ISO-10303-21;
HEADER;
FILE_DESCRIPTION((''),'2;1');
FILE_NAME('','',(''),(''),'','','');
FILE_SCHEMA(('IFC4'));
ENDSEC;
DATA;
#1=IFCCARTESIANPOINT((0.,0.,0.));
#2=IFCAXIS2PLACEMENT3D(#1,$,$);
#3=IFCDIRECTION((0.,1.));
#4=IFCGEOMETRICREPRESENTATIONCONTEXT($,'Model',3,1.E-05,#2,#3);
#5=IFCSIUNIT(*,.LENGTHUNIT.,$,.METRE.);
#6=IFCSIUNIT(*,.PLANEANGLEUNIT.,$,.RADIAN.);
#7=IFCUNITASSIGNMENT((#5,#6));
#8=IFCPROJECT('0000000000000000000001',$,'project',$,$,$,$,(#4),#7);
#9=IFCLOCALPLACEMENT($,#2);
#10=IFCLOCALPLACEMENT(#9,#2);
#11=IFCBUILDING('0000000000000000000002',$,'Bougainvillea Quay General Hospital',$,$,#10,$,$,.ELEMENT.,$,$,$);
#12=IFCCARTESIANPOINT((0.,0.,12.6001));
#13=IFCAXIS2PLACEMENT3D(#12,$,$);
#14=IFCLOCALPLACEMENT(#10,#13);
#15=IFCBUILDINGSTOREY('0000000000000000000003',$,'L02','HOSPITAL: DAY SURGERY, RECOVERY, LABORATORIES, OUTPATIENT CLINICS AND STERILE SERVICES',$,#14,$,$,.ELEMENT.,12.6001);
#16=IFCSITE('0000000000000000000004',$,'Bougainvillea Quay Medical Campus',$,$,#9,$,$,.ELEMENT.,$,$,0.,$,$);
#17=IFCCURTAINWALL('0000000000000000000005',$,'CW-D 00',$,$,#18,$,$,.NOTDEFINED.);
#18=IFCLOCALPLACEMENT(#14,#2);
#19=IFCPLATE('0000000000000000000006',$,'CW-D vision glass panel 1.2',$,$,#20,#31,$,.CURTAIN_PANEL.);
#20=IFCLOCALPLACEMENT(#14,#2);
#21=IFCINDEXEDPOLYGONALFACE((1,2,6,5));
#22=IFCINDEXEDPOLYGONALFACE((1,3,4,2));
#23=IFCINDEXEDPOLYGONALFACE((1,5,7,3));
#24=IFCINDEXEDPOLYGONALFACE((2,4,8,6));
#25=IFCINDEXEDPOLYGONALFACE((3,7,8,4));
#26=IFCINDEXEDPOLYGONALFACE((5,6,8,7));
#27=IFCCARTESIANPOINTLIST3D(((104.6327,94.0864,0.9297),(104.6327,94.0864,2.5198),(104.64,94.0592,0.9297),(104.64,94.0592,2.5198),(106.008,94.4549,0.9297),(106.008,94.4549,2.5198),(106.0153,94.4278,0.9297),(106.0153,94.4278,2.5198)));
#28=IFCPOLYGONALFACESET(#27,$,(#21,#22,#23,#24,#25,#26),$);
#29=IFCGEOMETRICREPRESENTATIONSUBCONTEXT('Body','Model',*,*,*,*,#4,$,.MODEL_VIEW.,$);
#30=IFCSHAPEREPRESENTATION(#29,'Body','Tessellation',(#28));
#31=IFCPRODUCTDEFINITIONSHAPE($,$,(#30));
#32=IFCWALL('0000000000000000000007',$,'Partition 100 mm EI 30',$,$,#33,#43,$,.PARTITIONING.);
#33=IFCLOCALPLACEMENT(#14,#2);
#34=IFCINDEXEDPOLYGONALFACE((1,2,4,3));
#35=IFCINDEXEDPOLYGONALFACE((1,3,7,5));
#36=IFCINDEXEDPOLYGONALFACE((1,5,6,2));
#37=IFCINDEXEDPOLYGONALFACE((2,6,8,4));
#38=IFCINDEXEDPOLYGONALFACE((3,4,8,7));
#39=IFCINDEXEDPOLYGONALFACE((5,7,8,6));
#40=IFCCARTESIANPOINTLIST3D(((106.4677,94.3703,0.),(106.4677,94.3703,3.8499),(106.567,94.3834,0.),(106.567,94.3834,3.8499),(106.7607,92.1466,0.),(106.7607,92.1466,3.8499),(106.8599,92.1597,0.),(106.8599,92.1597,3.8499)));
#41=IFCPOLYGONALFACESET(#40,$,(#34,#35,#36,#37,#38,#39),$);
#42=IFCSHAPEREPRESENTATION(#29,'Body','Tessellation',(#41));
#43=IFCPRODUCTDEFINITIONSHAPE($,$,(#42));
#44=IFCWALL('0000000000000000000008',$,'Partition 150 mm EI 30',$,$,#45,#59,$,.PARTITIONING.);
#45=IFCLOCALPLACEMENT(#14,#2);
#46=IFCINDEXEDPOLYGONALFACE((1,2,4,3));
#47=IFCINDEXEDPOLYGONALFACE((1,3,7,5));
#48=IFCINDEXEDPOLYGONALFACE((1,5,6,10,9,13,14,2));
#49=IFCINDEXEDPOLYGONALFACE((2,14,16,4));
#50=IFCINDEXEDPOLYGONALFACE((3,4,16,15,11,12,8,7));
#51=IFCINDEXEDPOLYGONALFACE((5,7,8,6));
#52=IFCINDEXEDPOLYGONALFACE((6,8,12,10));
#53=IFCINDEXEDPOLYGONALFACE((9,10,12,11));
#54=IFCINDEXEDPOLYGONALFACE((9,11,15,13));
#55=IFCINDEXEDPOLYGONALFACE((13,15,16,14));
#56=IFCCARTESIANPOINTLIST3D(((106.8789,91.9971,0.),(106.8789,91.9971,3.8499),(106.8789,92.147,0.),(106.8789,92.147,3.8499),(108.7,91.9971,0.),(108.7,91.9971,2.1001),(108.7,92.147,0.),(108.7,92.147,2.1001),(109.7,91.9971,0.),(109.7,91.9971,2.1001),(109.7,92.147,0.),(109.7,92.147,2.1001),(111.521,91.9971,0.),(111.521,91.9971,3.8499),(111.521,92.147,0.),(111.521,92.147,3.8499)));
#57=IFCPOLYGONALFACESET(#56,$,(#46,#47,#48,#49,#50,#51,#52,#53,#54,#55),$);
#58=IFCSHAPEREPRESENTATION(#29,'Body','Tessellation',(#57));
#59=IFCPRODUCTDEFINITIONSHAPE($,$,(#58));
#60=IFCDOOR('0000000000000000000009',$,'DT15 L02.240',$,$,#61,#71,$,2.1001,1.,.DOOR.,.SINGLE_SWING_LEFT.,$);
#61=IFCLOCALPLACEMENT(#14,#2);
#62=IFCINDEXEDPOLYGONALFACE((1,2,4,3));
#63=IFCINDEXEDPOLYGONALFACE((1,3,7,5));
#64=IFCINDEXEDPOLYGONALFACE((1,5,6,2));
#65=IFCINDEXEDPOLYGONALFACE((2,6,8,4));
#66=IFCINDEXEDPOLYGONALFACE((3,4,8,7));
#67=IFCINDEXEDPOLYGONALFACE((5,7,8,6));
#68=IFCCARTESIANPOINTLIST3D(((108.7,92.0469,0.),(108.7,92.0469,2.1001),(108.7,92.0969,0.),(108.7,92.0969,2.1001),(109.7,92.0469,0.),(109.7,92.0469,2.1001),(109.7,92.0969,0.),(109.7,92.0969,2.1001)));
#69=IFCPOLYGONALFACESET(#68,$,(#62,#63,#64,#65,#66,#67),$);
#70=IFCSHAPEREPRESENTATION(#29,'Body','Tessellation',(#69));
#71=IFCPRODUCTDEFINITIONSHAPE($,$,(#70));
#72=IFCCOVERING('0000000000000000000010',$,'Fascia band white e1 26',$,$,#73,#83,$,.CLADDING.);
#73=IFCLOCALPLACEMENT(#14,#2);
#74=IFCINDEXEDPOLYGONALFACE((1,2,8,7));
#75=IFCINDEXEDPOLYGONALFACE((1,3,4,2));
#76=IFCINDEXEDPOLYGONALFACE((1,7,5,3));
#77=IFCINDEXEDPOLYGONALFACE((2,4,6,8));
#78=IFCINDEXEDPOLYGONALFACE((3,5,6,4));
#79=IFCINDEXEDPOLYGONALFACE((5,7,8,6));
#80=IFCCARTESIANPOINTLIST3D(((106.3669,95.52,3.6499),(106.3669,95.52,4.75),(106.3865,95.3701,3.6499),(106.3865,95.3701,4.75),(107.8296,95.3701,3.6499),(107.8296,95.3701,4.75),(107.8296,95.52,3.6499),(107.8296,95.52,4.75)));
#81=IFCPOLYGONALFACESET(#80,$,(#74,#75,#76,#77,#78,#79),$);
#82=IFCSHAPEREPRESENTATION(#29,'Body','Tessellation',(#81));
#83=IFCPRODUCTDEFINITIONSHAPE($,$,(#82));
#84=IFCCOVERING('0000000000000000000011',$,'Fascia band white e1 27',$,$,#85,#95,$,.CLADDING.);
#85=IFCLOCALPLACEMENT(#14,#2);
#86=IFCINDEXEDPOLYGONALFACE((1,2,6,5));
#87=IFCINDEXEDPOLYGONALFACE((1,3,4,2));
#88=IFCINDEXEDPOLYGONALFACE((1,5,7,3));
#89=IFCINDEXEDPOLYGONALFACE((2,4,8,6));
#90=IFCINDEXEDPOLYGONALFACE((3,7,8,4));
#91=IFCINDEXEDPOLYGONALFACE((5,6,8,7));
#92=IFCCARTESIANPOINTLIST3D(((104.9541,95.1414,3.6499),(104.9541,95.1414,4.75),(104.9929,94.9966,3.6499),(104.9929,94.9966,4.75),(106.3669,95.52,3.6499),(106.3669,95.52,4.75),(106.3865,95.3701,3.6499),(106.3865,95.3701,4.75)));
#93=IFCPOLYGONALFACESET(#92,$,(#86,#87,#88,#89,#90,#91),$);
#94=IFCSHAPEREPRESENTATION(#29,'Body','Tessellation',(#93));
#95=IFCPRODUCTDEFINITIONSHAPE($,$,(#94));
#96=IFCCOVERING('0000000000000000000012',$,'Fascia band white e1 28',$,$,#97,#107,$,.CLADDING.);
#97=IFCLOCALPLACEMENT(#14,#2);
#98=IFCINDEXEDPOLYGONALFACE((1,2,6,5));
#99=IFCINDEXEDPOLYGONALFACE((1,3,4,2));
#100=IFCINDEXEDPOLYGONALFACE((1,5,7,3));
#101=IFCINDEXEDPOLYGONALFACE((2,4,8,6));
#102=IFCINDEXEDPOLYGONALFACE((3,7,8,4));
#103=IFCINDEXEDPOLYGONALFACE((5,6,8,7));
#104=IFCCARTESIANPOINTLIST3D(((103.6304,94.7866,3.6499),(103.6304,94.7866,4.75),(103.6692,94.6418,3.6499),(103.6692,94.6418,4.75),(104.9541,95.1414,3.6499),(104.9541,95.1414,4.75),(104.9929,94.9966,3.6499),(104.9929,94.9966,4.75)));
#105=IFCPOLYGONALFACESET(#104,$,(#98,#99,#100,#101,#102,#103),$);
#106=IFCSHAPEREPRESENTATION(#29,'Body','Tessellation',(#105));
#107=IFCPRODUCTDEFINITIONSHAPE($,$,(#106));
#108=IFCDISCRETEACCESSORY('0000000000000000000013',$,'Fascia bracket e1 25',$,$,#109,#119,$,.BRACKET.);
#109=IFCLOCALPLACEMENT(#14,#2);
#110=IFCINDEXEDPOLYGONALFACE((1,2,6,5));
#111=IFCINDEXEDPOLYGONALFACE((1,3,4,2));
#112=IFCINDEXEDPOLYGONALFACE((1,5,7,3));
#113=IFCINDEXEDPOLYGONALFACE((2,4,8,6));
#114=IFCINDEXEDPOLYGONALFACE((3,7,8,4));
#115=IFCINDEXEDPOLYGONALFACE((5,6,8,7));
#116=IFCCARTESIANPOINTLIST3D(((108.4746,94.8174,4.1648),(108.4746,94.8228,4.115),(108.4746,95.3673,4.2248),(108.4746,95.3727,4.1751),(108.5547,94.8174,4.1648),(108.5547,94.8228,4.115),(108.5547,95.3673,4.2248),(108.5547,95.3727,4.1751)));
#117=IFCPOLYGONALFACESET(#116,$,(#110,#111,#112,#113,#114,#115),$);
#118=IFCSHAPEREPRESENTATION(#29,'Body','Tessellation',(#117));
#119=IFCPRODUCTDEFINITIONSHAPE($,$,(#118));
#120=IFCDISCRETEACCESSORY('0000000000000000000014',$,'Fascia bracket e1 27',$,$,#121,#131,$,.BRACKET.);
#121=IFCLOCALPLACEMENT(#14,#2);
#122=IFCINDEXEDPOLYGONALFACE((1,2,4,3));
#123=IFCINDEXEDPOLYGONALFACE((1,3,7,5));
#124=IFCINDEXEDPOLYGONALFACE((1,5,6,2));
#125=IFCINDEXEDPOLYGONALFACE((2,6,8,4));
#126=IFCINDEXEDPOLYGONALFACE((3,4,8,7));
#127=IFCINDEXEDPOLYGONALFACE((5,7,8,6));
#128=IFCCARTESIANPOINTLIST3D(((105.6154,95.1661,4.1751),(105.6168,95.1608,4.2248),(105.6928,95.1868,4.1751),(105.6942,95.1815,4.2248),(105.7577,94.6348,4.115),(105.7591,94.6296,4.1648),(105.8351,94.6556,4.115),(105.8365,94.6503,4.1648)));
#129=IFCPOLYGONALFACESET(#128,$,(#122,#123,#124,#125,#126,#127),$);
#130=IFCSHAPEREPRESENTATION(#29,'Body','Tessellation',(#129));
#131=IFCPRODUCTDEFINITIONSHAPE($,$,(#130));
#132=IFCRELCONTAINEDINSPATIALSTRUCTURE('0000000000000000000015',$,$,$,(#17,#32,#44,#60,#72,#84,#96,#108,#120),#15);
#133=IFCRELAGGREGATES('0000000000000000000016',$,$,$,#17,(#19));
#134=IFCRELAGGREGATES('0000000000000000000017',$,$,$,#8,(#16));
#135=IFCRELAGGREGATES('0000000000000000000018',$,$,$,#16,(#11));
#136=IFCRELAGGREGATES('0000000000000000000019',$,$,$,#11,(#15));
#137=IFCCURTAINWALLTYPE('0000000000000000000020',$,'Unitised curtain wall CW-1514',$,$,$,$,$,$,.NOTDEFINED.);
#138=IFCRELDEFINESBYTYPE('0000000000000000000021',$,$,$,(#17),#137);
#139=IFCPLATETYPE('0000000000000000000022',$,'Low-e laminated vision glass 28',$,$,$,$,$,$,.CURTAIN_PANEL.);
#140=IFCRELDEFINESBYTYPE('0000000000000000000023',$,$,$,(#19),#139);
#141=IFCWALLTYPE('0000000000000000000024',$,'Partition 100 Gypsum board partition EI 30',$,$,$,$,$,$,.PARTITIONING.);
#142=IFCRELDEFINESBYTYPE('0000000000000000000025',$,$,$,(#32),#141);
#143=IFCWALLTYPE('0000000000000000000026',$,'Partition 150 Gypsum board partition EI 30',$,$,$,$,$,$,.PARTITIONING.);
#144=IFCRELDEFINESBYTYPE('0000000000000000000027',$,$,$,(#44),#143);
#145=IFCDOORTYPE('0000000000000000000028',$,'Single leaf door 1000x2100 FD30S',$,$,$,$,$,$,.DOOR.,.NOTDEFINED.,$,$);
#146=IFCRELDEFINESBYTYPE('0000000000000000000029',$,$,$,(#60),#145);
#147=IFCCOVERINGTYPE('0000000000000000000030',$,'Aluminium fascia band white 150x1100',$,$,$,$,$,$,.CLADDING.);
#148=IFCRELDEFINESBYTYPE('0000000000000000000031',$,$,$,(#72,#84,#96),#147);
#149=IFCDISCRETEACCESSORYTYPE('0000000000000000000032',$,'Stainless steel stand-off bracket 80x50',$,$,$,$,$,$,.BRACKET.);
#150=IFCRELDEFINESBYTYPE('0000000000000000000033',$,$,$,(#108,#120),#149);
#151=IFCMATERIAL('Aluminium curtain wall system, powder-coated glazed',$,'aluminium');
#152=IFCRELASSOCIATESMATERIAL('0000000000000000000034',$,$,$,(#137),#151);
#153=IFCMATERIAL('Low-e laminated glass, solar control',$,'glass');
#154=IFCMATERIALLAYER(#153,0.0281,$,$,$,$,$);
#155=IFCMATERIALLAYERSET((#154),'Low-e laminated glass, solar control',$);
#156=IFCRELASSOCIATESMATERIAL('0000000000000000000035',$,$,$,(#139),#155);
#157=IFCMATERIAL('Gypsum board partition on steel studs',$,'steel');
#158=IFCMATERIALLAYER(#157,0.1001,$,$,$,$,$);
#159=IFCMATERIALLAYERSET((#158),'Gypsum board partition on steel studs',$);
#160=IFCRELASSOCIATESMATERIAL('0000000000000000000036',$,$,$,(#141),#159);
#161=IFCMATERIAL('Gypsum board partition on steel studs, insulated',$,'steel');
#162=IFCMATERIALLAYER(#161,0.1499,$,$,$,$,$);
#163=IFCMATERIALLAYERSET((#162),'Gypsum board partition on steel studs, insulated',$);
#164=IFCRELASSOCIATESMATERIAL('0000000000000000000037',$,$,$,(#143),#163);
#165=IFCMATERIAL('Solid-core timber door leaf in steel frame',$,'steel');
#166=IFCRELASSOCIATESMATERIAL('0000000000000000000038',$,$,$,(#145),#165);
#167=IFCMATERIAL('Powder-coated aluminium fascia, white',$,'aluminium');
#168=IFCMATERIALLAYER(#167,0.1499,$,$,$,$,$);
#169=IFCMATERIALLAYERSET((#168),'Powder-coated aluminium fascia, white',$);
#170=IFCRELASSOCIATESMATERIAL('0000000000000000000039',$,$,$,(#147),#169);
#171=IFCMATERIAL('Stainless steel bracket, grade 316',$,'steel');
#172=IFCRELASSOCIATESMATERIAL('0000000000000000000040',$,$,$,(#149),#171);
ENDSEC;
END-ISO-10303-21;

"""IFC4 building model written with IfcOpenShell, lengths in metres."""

from ifc_helpers import new_model, si_unit, direction, frame, frame_2d, origin, origin_2d, place, context, subcontext, project, spatial, polyline, rectangle, outline, extrude, material, layer, layer_set, material_profile, profile_set, type_object, element, fill, aggregate, save


model = new_model("IFC4")

# Units and contexts
model_context = context("Model", 3, precision=1e-05, world=origin(), true_north=direction((0.0, 1.0)))
body_context = subcontext(model_context, "Body", "Model", "MODEL_VIEW")
ifc_project = project(units=[si_unit("LENGTHUNIT", "METRE"), si_unit("PLANEANGLEUNIT", "RADIAN")], contexts=[model_context])

# Site, building, storey
site_placement = place(None, origin())
site = spatial("IfcSite", under=ifc_project, at=site_placement, Name="Bougainvillea Quay Medical Campus", CompositionType="ELEMENT", RefElevation=0.0)
building_placement = place(site_placement, origin())
building = spatial("IfcBuilding", under=site, at=building_placement, Name="Bougainvillea Quay General Hospital", CompositionType="ELEMENT")
storey_placement = place(building_placement, frame((0.0, 0.0, 12.6001)))
storey = spatial("IfcBuildingStorey", under=building, at=storey_placement, Name="L02", Description="HOSPITAL: DAY SURGERY, RECOVERY, LABORATORIES, OUTPATIENT CLINICS AND STERILE SERVICES", CompositionType="ELEMENT", Elevation=12.6001)

# Curtain wall
ifc_material_1 = material(Name="Aluminium curtain wall system, powder-coated glazed", Category="aluminium")
curtain_wall_type = type_object("IfcCurtainWallType", Name="Unitised curtain wall CW-1514", PredefinedType="NOTDEFINED", material=ifc_material_1)
curtain_wall_1_placement = place(storey_placement, origin())
curtain_wall_1 = element("IfcCurtainWall", 1, at=curtain_wall_1_placement, inside=storey, type_object=curtain_wall_type, Name="CW-D 00", PredefinedType="NOTDEFINED")

# Plate
ifc_material_2 = material(Name="Low-e laminated glass, solar control", Category="glass")
ifc_layer_1 = layer(ifc_material_2, 0.0281)
ifc_layer_set_1 = layer_set([ifc_layer_1], Name="Low-e laminated glass, solar control")
plate_type_1 = type_object("IfcPlateType", Name="Low-e laminated vision glass 28", PredefinedType="CURTAIN_PANEL", material=ifc_layer_set_1)
plate_1_placement = place(storey_placement, frame((105.324, 94.2571, 0.9297), z_axis=(0.0, 0.0, 1.0), x_axis=(-0.965916, -0.258855, 0.0)))
plate_1 = element("IfcPlate", 2, at=plate_1_placement, type_object=plate_type_1, Name="CW-D vision glass panel 1.2", PredefinedType="CURTAIN_PANEL", context=body_context, shape_type="SweptSolid", body=[
    extrude(rectangle(XDim=1.4238, YDim=0.0281, at=origin_2d()), origin(), (0.0, 0.0, 1.0), 1.5901),
])
aggregate(curtain_wall_1, [plate_1])

# Wall
ifc_material_3 = material(Name="Gypsum board partition on steel studs", Category="steel")
ifc_layer_2 = layer(ifc_material_3, 0.1001)
ifc_layer_set_2 = layer_set([ifc_layer_2], Name="Gypsum board partition on steel studs")
wall_type_1 = type_object("IfcWallType", Name="Partition 100 Gypsum board partition EI 30", PredefinedType="PARTITIONING", material=ifc_layer_set_2)
wall_1_placement = place(storey_placement, frame((106.5173, 94.377, 0.0), z_axis=(0.0, 0.0, 1.0), x_axis=(0.130623, -0.991432, 0.0)))
element("IfcWall", 3, at=wall_1_placement, inside=storey, type_object=wall_type_1, Name="Partition 100 mm EI 30", PredefinedType="PARTITIONING", context=body_context, shape_type="SweptSolid", body=[
    extrude(rectangle(XDim=2.2429, YDim=0.1001, at=frame_2d((1.1216, 0.0))), origin(), (0.0, 0.0, 1.0), 3.8499),
])

# Wall, opening, door
ifc_material_4 = material(Name="Gypsum board partition on steel studs, insulated", Category="steel")
ifc_layer_3 = layer(ifc_material_4, 0.1499)
ifc_layer_set_3 = layer_set([ifc_layer_3], Name="Gypsum board partition on steel studs, insulated")
wall_type_2 = type_object("IfcWallType", Name="Partition 150 Gypsum board partition EI 30", PredefinedType="PARTITIONING", material=ifc_layer_set_3)
wall_2_placement = place(storey_placement, frame((106.8789, 92.072, 0.0), z_axis=(0.0, 0.0, 1.0), x_axis=(1.0, 0.0, 0.0)))
wall_2 = element("IfcWall", 4, at=wall_2_placement, inside=storey, type_object=wall_type_2, Name="Partition 150 mm EI 30", PredefinedType="PARTITIONING", context=body_context, shape_type="SweptSolid", body=[
    extrude(rectangle(XDim=4.6421, YDim=0.1499, at=frame_2d((2.321, 0.0))), origin(), (0.0, 0.0, 1.0), 3.8499),
])
opening_placement = place(wall_2_placement, frame((1.821, 0.0, 0.0)))
opening = element("IfcOpeningElement", 5, at=opening_placement, cuts=wall_2, PredefinedType="OPENING", context=body_context, shape_type="SweptSolid", body=[
    extrude(rectangle(XDim=1.0, YDim=2.1001, at=frame_2d((0.5, 1.05))), frame((0.0, 0.085, 0.0), z_axis=(0.0, -1.0, 0.0), x_axis=(1.0, 0.0, 0.0)), (0.0, 0.0, 1.0), 0.1699),
])
ifc_material_5 = material(Name="Solid-core timber door leaf in steel frame", Category="steel")
door_type = type_object("IfcDoorType", Name="Single leaf door 1000x2100 FD30S", OperationType="NOTDEFINED", PredefinedType="DOOR", material=ifc_material_5)
door_placement = place(opening_placement, origin())
door = element("IfcDoor", 6, at=door_placement, inside=storey, type_object=door_type, Name="DT15 L02.240", OperationType="SINGLE_SWING_LEFT", OverallHeight=2.1001, OverallWidth=1.0, PredefinedType="DOOR", context=body_context, shape_type="SweptSolid", body=[
    extrude(rectangle(XDim=1.0, YDim=2.1001, at=frame_2d((0.5, 1.05))), frame((0.0, 0.0249, 0.0), z_axis=(0.0, -1.0, 0.0), x_axis=(1.0, 0.0, 0.0)), (0.0, 0.0, 1.0), 0.05),
])
fill(opening, door)

# Coverings
ifc_material_6 = material(Name="Powder-coated aluminium fascia, white", Category="aluminium")
ifc_layer_4 = layer(ifc_material_6, 0.1499)
ifc_layer_set_4 = layer_set([ifc_layer_4], Name="Powder-coated aluminium fascia, white")
covering_type = type_object("IfcCoveringType", Name="Aluminium fascia band white 150x1100", PredefinedType="CLADDING", material=ifc_layer_set_4)
covering_1_placement = place(storey_placement, frame((107.8296, 95.3701, 3.6499), z_axis=(0.0, 0.0, 1.0), x_axis=(-1.0, 0.0, 0.0)))
element("IfcCovering", 7, at=covering_1_placement, inside=storey, type_object=covering_type, Name="Fascia band white e1 26", PredefinedType="CLADDING", context=body_context, shape_type="SweptSolid", body=[
    extrude(outline(polyline([(0.0, 0.0), (1.4431, 0.0), (1.4626, -0.1499), (0.0, -0.1499), (0.0, 0.0)])), origin(), (0.0, 0.0, 1.0), 1.1001),
])
covering_2_placement = place(storey_placement, frame((106.3865, 95.3701, 3.6499), z_axis=(0.0, 0.0, 1.0), x_axis=(-0.965903, -0.258905, 0.0)))
element("IfcCovering", 8, at=covering_2_placement, inside=storey, type_object=covering_type, Name="Fascia band white e1 27", PredefinedType="CLADDING", context=body_context, shape_type="SweptSolid", body=[
    extrude(outline(polyline([(0.0, 0.0), (1.4427, 0.0), (1.4428, -0.1499), (-0.0199, -0.1498), (0.0, 0.0)])), origin(), (0.0, 0.0, 1.0), 1.1001),
])
covering_3_placement = place(storey_placement, frame((104.9929, 94.9966, 3.6499), z_axis=(0.0, 0.0, 1.0), x_axis=(-0.965918, -0.258849, 0.0)))
element("IfcCovering", 9, at=covering_3_placement, inside=storey, type_object=covering_type, Name="Fascia band white e1 28", PredefinedType="CLADDING", context=body_context, shape_type="SweptSolid", body=[
    extrude(outline(polyline([(0.0, 0.0), (1.3704, 0.0), (1.3705, -0.1499), (0.0, -0.1499), (0.0, 0.0)])), origin(), (0.0, 0.0, 1.0), 1.1001),
])

# Discrete accessories
ifc_material_7 = material(Name="Stainless steel bracket, grade 316", Category="steel")
ifc_material_profile_1 = material_profile(ifc_material_7, rectangle(XDim=0.0801, YDim=0.05, at=origin_2d()))
ifc_profile_set_1 = profile_set([ifc_material_profile_1], Name="Stainless steel bracket, grade 316")
discrete_accessory_type = type_object("IfcDiscreteAccessoryType", Name="Stainless steel stand-off bracket 80x50", PredefinedType="BRACKET", material=ifc_profile_set_1)
for number, where, z_axis, x_axis, name in (
    (10, (108.5146, 94.8201, 4.1399), (0.0, 0.994092, 0.108543), (-1.0, 0.0, 0.0), "Fascia bracket e1 25"),
    (11, (105.7971, 94.6426, 4.1399), (-0.257266, 0.960224, 0.108555), (-0.965932, -0.258795, 0.0), "Fascia bracket e1 27"),
):
    element("IfcDiscreteAccessory", number, at=place(storey_placement, frame(where, z_axis=z_axis, x_axis=x_axis)), inside=storey, type_object=discrete_accessory_type, Name=name, PredefinedType="BRACKET", context=body_context, shape_type="SweptSolid", body=[
        extrude(rectangle(XDim=0.0801, YDim=0.05, at=origin_2d()), origin(), (0.0, 0.0, 1.0), 0.5532),
    ])

save(model, "model.ifc")
